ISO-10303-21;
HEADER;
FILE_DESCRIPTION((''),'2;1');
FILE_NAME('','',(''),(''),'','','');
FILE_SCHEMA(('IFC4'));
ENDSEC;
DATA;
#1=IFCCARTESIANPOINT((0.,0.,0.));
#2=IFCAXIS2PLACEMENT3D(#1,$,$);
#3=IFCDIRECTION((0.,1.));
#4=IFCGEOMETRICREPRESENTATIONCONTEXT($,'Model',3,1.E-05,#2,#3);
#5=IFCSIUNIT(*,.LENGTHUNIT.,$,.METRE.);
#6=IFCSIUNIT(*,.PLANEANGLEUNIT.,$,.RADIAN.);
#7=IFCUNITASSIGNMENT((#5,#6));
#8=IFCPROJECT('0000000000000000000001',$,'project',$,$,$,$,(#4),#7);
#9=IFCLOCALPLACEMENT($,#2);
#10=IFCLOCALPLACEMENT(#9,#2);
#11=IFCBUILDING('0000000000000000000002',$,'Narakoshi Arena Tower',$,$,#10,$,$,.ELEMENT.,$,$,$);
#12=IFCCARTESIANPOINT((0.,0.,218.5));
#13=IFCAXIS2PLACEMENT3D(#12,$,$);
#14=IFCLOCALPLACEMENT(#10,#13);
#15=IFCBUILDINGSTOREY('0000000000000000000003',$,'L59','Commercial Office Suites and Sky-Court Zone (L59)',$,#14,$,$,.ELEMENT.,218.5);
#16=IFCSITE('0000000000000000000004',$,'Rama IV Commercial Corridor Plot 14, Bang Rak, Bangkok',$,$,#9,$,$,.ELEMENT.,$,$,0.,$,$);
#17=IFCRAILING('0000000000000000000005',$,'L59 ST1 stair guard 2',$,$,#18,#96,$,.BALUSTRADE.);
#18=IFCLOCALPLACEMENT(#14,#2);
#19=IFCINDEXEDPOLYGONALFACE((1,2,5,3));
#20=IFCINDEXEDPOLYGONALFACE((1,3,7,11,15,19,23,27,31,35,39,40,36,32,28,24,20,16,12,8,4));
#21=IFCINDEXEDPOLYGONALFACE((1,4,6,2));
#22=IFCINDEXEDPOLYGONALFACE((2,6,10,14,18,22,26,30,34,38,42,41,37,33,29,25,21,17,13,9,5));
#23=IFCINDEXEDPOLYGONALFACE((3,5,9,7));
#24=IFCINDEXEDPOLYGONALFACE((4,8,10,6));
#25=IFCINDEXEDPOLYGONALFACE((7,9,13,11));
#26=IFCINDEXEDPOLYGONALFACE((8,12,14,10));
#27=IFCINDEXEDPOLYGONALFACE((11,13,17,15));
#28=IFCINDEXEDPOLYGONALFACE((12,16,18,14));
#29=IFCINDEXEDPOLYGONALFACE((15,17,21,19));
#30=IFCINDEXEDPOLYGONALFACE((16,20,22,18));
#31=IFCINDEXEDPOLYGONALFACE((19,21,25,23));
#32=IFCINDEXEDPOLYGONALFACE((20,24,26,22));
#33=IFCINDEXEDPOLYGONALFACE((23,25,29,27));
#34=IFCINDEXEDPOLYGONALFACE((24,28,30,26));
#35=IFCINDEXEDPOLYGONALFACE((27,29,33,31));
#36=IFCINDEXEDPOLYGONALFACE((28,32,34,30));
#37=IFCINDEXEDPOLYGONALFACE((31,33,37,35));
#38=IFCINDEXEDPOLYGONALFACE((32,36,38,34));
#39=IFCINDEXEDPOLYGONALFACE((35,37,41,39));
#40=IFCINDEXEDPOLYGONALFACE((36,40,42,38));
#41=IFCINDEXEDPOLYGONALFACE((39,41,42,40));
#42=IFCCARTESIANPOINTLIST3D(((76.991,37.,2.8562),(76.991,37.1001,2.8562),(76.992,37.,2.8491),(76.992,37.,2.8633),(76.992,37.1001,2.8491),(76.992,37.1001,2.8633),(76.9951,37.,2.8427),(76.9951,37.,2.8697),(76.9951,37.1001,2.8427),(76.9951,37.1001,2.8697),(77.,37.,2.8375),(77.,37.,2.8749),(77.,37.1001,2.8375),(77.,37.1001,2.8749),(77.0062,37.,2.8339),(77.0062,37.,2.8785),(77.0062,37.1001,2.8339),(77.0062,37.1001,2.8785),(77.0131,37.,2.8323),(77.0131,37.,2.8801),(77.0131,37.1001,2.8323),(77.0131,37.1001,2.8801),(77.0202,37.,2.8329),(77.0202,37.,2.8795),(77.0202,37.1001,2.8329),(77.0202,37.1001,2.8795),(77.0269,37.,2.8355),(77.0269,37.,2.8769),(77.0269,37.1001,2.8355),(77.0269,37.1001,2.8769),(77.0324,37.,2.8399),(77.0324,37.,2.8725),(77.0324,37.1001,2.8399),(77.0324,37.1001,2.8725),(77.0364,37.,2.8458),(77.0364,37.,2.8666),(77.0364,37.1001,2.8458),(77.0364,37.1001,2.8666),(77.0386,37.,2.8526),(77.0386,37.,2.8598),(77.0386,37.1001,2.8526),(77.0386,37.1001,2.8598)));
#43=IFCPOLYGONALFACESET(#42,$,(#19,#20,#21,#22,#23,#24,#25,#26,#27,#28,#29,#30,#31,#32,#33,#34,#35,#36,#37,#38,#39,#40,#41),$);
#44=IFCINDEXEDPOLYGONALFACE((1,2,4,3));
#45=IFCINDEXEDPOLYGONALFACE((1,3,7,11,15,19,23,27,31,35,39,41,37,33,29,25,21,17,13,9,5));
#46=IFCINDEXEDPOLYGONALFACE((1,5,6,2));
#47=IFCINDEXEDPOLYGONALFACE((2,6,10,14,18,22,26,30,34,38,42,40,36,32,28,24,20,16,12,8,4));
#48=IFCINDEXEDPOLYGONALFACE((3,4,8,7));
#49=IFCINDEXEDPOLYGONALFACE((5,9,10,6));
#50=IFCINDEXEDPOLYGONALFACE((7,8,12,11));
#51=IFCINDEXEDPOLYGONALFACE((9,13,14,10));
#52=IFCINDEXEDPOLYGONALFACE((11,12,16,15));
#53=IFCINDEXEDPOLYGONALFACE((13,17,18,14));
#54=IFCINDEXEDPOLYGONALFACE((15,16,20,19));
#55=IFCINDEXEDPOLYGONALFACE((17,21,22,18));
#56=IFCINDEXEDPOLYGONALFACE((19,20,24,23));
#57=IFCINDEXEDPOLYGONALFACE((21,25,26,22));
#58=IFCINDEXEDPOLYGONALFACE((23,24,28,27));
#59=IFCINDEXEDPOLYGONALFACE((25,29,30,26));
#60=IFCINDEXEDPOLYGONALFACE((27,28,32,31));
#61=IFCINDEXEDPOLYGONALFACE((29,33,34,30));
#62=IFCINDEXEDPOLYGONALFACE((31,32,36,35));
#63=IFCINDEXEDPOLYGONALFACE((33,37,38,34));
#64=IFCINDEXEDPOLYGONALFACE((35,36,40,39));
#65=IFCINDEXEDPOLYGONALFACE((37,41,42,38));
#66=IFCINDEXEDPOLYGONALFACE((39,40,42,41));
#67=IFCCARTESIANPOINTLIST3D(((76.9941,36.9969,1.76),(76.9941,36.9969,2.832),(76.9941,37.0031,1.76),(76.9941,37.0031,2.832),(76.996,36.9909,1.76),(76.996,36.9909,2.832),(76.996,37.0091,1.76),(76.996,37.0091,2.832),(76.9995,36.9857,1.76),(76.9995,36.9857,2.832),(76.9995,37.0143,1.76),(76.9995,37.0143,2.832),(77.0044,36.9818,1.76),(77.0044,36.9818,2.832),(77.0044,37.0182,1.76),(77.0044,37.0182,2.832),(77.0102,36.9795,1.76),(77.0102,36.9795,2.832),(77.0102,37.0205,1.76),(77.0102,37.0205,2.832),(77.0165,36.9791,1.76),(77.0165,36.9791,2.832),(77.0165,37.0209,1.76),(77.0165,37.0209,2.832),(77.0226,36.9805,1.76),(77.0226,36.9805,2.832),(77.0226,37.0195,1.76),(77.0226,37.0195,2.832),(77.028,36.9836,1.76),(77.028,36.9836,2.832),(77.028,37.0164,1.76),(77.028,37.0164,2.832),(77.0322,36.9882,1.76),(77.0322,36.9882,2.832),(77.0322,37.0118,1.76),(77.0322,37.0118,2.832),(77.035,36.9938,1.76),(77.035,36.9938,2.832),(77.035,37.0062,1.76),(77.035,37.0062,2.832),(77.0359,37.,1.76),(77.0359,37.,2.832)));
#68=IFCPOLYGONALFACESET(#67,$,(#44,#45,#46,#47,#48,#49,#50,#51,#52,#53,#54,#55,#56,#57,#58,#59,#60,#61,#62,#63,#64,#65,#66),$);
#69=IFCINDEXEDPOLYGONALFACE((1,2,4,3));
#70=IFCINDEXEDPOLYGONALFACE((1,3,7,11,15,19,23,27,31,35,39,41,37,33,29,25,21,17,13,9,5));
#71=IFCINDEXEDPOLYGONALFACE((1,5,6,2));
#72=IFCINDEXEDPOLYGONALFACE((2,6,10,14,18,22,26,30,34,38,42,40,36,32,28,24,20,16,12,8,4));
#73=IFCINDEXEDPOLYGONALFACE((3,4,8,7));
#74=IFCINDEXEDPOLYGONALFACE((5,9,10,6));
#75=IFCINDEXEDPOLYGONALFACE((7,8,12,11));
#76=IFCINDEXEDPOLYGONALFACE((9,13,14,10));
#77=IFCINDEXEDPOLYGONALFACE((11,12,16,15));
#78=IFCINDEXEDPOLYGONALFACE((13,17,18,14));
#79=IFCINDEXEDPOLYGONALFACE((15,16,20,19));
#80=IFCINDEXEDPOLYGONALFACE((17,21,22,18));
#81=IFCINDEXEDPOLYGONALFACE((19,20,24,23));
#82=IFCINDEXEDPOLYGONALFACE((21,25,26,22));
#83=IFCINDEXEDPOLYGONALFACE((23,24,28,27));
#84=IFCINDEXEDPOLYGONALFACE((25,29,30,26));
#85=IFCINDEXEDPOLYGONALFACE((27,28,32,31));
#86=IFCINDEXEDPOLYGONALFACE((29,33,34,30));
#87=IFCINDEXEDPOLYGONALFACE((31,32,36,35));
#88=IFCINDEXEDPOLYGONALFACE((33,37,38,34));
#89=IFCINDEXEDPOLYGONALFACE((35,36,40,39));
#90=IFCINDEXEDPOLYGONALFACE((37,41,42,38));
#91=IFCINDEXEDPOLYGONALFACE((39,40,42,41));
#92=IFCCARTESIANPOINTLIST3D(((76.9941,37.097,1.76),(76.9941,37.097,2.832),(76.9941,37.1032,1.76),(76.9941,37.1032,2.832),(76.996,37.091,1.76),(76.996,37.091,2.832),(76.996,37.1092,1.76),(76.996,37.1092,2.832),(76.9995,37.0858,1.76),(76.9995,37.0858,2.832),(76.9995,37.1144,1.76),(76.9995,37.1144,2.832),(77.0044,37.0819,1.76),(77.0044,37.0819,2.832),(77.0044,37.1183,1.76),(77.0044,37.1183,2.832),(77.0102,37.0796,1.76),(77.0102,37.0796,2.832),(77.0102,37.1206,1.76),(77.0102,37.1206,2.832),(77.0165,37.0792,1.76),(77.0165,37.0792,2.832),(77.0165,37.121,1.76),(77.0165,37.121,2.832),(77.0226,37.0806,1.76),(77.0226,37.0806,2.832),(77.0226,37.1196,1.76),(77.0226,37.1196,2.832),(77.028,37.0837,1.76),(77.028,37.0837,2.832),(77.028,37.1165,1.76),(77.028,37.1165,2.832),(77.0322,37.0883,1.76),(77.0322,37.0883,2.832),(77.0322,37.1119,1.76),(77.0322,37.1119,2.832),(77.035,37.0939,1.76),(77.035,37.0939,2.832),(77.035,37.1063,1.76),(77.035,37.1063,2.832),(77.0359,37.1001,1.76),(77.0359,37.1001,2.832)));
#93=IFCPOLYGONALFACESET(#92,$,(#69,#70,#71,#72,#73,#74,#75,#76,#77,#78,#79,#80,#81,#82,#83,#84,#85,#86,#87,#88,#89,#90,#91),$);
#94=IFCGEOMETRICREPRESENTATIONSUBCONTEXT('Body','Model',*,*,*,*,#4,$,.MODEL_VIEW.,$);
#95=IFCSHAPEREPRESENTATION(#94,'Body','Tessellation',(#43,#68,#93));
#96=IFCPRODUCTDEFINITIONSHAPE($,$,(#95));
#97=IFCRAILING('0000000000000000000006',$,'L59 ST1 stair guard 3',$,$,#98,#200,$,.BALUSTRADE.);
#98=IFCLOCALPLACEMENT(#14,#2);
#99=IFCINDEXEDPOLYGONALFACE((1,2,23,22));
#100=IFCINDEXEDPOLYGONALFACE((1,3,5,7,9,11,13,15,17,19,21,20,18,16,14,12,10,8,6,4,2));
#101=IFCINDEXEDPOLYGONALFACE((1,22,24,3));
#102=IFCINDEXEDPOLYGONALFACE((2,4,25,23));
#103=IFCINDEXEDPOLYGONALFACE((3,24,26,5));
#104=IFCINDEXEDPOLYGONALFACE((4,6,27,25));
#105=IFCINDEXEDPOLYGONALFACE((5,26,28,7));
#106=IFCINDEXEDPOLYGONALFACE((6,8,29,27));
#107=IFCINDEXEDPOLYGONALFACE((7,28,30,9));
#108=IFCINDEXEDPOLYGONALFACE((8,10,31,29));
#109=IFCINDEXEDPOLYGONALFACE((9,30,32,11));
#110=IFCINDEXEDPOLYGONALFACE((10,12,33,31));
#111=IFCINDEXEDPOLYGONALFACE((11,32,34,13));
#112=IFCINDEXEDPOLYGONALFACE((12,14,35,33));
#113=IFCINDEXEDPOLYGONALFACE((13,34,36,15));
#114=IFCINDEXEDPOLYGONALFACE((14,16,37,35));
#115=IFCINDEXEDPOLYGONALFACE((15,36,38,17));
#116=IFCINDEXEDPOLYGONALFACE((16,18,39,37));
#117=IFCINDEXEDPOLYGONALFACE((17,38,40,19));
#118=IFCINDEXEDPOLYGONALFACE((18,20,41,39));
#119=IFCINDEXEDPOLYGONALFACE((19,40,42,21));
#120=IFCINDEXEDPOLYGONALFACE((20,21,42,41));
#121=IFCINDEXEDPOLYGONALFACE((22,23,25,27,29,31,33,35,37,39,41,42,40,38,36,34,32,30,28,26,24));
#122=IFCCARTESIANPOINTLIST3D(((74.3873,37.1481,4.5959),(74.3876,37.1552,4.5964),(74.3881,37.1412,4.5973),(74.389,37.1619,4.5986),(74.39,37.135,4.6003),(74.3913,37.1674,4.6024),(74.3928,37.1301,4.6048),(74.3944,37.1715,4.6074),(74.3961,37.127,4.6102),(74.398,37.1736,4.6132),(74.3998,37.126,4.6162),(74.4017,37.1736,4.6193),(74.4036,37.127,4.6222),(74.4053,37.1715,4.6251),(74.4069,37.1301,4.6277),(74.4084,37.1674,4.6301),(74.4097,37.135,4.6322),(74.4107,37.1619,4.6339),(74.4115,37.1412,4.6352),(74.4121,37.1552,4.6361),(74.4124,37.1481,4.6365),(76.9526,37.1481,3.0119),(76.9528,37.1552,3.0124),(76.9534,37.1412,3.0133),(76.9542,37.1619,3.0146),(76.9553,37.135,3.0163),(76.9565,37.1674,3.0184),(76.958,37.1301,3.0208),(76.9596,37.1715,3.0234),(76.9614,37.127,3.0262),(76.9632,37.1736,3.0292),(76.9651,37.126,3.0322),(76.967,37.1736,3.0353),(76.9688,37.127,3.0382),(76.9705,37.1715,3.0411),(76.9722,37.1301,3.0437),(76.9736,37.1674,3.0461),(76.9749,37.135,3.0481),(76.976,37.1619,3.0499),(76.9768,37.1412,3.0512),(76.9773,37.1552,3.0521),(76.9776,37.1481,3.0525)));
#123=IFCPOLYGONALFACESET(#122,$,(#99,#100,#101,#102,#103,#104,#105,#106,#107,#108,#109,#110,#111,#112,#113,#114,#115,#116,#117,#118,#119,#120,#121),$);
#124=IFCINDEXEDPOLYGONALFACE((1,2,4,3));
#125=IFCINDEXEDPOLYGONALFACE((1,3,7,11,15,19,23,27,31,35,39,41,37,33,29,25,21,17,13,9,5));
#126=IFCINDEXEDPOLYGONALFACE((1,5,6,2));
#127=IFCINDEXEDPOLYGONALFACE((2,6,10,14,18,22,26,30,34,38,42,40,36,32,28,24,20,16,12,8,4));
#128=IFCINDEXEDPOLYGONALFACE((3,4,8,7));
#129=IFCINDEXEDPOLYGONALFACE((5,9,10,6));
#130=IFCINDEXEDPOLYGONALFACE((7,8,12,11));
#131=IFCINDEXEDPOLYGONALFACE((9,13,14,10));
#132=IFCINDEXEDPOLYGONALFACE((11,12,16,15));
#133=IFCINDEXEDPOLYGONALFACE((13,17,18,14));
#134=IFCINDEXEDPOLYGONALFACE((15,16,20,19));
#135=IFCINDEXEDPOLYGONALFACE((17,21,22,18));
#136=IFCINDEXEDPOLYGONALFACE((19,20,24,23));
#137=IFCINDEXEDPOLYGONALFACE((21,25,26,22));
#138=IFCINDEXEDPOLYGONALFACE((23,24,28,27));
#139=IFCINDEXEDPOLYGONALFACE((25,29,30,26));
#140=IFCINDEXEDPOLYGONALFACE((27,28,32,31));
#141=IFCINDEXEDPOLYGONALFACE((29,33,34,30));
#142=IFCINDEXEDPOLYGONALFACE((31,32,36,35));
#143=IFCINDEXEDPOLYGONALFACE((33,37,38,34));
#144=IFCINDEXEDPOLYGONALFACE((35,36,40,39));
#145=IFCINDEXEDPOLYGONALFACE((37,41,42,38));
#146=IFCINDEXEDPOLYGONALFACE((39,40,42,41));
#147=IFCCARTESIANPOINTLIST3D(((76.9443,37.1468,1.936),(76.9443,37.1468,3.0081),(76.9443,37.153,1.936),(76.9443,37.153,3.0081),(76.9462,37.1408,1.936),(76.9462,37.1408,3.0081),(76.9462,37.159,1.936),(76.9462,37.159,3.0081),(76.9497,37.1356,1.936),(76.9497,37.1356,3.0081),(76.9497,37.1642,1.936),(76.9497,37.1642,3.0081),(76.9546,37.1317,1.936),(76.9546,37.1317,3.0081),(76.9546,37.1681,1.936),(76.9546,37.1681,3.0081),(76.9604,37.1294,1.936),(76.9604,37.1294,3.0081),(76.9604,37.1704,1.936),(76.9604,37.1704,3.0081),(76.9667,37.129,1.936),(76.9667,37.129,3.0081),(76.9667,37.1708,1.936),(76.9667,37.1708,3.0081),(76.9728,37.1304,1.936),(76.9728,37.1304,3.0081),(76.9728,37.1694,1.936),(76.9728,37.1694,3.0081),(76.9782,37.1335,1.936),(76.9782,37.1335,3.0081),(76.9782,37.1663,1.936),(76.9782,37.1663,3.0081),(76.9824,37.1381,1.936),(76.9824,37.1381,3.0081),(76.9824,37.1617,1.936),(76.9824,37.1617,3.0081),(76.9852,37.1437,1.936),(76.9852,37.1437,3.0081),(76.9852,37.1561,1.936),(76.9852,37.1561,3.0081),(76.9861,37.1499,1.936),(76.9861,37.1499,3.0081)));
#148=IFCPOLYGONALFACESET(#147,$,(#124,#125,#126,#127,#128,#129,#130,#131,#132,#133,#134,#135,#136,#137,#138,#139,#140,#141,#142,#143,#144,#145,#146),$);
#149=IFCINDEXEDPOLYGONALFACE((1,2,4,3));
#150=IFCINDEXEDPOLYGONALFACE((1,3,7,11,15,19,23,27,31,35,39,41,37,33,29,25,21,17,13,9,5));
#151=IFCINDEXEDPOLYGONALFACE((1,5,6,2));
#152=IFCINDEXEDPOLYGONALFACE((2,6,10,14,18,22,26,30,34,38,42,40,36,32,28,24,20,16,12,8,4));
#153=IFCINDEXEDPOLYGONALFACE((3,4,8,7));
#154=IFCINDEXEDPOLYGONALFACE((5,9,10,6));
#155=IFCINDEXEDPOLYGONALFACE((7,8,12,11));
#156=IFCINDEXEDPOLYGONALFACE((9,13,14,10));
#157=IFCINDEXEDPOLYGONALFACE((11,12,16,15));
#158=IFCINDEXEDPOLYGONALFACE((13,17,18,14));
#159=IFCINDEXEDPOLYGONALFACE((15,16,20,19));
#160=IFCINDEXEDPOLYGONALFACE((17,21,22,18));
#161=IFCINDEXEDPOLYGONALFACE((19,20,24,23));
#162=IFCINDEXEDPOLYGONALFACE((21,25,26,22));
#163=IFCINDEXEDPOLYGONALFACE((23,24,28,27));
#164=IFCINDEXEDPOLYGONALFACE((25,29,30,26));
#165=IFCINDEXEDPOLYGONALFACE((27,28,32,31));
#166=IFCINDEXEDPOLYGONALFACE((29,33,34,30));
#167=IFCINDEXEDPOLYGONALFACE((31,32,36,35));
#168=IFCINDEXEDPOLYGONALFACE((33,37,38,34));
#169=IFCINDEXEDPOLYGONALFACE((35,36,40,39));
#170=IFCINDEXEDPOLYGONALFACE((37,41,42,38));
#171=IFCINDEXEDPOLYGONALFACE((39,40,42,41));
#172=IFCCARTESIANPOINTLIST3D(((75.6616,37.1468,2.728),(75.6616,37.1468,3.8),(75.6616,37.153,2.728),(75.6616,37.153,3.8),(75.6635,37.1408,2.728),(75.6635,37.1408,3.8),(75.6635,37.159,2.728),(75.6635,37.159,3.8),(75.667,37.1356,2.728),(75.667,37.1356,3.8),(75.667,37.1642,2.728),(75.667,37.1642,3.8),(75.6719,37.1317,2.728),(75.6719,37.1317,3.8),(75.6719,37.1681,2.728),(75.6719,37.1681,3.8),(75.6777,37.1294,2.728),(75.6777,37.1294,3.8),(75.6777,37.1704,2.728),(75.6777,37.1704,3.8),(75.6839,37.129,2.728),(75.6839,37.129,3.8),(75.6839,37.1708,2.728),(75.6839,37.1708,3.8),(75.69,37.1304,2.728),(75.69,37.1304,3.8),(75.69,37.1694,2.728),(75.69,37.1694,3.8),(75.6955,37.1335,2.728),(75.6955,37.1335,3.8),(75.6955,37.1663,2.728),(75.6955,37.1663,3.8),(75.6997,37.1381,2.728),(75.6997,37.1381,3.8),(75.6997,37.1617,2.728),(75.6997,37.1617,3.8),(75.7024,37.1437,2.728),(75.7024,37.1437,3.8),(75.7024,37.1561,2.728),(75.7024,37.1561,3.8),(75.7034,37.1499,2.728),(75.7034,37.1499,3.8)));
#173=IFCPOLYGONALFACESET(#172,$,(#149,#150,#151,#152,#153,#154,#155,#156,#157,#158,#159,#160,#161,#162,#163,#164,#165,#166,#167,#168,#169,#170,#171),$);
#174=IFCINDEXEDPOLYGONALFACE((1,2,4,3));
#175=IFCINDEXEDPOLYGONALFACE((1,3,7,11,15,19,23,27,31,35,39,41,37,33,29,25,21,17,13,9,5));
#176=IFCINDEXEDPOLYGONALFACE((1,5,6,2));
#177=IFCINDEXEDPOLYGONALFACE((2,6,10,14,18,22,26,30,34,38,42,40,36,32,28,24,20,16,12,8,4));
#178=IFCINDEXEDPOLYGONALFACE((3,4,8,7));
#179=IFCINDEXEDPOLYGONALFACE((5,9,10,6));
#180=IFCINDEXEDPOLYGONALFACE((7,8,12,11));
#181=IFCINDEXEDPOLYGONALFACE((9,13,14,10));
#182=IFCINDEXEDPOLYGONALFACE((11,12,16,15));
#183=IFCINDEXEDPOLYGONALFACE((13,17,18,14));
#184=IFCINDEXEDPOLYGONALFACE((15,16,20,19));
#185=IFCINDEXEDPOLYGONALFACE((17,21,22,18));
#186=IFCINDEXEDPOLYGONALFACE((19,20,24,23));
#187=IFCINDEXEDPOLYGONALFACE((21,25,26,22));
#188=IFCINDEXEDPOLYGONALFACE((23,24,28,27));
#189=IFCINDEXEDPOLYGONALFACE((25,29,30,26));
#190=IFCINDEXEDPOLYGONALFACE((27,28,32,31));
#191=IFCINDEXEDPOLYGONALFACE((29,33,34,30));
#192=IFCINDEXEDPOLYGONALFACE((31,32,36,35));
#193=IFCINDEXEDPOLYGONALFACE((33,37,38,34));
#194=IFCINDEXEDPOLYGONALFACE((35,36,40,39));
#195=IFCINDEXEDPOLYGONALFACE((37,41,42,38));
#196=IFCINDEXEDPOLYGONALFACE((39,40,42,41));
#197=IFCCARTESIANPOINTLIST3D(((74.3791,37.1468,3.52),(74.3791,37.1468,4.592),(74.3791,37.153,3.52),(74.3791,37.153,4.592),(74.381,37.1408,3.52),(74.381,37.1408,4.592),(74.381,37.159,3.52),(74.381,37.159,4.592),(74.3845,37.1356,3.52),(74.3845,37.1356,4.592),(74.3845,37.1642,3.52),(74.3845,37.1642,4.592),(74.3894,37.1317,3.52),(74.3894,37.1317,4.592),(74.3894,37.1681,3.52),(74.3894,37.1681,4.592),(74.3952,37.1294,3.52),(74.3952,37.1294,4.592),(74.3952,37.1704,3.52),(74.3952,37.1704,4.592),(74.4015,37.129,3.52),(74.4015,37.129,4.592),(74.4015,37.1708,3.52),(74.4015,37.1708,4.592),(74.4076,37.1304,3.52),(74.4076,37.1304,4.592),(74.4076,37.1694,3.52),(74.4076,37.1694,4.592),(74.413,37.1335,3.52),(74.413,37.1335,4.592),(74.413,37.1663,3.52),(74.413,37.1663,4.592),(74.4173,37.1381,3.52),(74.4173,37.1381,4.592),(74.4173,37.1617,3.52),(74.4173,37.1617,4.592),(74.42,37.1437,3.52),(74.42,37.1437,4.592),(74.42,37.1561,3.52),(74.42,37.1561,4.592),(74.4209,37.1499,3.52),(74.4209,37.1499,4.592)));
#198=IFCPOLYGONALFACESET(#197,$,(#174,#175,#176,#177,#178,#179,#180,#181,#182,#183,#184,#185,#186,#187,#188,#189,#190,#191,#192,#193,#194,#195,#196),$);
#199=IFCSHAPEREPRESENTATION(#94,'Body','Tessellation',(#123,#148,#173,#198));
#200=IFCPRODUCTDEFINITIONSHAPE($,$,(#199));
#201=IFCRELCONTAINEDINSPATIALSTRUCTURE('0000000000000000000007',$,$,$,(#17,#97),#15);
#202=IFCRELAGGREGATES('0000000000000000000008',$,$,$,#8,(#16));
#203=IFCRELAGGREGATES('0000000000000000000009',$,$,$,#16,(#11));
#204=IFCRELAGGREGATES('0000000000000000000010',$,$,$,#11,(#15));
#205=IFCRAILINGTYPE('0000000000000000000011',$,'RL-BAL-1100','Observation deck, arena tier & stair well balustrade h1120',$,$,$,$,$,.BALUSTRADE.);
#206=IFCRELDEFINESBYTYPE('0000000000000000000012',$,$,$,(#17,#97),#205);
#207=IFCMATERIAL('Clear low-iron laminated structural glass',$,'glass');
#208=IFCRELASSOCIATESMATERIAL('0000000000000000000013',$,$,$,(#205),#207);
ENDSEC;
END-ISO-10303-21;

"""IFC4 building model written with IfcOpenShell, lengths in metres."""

from ifc_helpers import new_model, si_unit, direction, frame, origin, origin_2d, place, context, subcontext, project, spatial, circle, extrude, material, type_object, element, save


model = new_model("IFC4")

# Units and contexts
model_context = context("Model", 3, precision=1e-05, world=origin(), true_north=direction((0.0, 1.0)))
body_context = subcontext(model_context, "Body", "Model", "MODEL_VIEW")
ifc_project = project(units=[si_unit("LENGTHUNIT", "METRE"), si_unit("PLANEANGLEUNIT", "RADIAN")], contexts=[model_context])

# Site, building, storey
site_placement = place(None, origin())
site = spatial("IfcSite", under=ifc_project, at=site_placement, Name="Rama IV Commercial Corridor Plot 14, Bang Rak, Bangkok", CompositionType="ELEMENT", RefElevation=0.0)
building_placement = place(site_placement, origin())
building = spatial("IfcBuilding", under=site, at=building_placement, Name="Narakoshi Arena Tower", CompositionType="ELEMENT")
storey_placement = place(building_placement, frame((0.0, 0.0, 218.5)))
storey = spatial("IfcBuildingStorey", under=building, at=storey_placement, Name="L59", Description="Commercial Office Suites and Sky-Court Zone (L59)", CompositionType="ELEMENT", Elevation=218.5)

# Railings
ifc_material_1 = material(Name="Clear low-iron laminated structural glass", Category="glass")
railing_type_1 = type_object("IfcRailingType", Name="RL-BAL-1100", Description="Observation deck, arena tier & stair well balustrade h1120", PredefinedType="BALUSTRADE", material=ifc_material_1)
railing_1_placement = place(storey_placement, frame((77.0149, 37.0, 1.76)))
element("IfcRailing", 1, at=railing_1_placement, inside=storey, type_object=railing_type_1, Name="L59 ST1 stair guard 2", PredefinedType="BALUSTRADE", context=body_context, shape_type="SweptSolid", body=[
    extrude(circle(Radius=0.0239, at=origin_2d()), frame((0.0, 0.0, 1.0962), z_axis=(0.0, 1.0, 0.0), x_axis=(-1.0, 0.0, 0.0)), (0.0, 0.0, 1.0), 0.1001),
    extrude(circle(Radius=0.021, at=origin_2d()), origin(), (0.0, 0.0, 1.0), 1.072),
    extrude(circle(Radius=0.021, at=origin_2d()), frame((0.0, 0.1001, 0.0)), (0.0, 0.0, 1.0), 1.072),
])
railing_2_placement = place(storey_placement, frame((76.9651, 37.1499, 1.936)))
element("IfcRailing", 2, at=railing_2_placement, inside=storey, type_object=railing_type_1, Name="L59 ST1 stair guard 3", PredefinedType="BALUSTRADE", context=body_context, shape_type="SweptSolid", body=[
    extrude(circle(Radius=0.0239, at=origin_2d()), frame((0.0, 0.0, 1.0962), z_axis=(-0.850857, 0.0, 0.525398), x_axis=(0.0, -1.0, 0.0)), (0.0, 0.0, 1.0), 3.0149),
    extrude(circle(Radius=0.021, at=origin_2d()), origin(), (0.0, 0.0, 1.0), 1.072),
    extrude(circle(Radius=0.021, at=origin_2d()), frame((-1.2827, 0.0, 0.792)), (0.0, 0.0, 1.0), 1.072),
    extrude(circle(Radius=0.021, at=origin_2d()), frame((-2.5652, 0.0, 1.584)), (0.0, 0.0, 1.0), 1.072),
])

save(model, "model.ifc")
